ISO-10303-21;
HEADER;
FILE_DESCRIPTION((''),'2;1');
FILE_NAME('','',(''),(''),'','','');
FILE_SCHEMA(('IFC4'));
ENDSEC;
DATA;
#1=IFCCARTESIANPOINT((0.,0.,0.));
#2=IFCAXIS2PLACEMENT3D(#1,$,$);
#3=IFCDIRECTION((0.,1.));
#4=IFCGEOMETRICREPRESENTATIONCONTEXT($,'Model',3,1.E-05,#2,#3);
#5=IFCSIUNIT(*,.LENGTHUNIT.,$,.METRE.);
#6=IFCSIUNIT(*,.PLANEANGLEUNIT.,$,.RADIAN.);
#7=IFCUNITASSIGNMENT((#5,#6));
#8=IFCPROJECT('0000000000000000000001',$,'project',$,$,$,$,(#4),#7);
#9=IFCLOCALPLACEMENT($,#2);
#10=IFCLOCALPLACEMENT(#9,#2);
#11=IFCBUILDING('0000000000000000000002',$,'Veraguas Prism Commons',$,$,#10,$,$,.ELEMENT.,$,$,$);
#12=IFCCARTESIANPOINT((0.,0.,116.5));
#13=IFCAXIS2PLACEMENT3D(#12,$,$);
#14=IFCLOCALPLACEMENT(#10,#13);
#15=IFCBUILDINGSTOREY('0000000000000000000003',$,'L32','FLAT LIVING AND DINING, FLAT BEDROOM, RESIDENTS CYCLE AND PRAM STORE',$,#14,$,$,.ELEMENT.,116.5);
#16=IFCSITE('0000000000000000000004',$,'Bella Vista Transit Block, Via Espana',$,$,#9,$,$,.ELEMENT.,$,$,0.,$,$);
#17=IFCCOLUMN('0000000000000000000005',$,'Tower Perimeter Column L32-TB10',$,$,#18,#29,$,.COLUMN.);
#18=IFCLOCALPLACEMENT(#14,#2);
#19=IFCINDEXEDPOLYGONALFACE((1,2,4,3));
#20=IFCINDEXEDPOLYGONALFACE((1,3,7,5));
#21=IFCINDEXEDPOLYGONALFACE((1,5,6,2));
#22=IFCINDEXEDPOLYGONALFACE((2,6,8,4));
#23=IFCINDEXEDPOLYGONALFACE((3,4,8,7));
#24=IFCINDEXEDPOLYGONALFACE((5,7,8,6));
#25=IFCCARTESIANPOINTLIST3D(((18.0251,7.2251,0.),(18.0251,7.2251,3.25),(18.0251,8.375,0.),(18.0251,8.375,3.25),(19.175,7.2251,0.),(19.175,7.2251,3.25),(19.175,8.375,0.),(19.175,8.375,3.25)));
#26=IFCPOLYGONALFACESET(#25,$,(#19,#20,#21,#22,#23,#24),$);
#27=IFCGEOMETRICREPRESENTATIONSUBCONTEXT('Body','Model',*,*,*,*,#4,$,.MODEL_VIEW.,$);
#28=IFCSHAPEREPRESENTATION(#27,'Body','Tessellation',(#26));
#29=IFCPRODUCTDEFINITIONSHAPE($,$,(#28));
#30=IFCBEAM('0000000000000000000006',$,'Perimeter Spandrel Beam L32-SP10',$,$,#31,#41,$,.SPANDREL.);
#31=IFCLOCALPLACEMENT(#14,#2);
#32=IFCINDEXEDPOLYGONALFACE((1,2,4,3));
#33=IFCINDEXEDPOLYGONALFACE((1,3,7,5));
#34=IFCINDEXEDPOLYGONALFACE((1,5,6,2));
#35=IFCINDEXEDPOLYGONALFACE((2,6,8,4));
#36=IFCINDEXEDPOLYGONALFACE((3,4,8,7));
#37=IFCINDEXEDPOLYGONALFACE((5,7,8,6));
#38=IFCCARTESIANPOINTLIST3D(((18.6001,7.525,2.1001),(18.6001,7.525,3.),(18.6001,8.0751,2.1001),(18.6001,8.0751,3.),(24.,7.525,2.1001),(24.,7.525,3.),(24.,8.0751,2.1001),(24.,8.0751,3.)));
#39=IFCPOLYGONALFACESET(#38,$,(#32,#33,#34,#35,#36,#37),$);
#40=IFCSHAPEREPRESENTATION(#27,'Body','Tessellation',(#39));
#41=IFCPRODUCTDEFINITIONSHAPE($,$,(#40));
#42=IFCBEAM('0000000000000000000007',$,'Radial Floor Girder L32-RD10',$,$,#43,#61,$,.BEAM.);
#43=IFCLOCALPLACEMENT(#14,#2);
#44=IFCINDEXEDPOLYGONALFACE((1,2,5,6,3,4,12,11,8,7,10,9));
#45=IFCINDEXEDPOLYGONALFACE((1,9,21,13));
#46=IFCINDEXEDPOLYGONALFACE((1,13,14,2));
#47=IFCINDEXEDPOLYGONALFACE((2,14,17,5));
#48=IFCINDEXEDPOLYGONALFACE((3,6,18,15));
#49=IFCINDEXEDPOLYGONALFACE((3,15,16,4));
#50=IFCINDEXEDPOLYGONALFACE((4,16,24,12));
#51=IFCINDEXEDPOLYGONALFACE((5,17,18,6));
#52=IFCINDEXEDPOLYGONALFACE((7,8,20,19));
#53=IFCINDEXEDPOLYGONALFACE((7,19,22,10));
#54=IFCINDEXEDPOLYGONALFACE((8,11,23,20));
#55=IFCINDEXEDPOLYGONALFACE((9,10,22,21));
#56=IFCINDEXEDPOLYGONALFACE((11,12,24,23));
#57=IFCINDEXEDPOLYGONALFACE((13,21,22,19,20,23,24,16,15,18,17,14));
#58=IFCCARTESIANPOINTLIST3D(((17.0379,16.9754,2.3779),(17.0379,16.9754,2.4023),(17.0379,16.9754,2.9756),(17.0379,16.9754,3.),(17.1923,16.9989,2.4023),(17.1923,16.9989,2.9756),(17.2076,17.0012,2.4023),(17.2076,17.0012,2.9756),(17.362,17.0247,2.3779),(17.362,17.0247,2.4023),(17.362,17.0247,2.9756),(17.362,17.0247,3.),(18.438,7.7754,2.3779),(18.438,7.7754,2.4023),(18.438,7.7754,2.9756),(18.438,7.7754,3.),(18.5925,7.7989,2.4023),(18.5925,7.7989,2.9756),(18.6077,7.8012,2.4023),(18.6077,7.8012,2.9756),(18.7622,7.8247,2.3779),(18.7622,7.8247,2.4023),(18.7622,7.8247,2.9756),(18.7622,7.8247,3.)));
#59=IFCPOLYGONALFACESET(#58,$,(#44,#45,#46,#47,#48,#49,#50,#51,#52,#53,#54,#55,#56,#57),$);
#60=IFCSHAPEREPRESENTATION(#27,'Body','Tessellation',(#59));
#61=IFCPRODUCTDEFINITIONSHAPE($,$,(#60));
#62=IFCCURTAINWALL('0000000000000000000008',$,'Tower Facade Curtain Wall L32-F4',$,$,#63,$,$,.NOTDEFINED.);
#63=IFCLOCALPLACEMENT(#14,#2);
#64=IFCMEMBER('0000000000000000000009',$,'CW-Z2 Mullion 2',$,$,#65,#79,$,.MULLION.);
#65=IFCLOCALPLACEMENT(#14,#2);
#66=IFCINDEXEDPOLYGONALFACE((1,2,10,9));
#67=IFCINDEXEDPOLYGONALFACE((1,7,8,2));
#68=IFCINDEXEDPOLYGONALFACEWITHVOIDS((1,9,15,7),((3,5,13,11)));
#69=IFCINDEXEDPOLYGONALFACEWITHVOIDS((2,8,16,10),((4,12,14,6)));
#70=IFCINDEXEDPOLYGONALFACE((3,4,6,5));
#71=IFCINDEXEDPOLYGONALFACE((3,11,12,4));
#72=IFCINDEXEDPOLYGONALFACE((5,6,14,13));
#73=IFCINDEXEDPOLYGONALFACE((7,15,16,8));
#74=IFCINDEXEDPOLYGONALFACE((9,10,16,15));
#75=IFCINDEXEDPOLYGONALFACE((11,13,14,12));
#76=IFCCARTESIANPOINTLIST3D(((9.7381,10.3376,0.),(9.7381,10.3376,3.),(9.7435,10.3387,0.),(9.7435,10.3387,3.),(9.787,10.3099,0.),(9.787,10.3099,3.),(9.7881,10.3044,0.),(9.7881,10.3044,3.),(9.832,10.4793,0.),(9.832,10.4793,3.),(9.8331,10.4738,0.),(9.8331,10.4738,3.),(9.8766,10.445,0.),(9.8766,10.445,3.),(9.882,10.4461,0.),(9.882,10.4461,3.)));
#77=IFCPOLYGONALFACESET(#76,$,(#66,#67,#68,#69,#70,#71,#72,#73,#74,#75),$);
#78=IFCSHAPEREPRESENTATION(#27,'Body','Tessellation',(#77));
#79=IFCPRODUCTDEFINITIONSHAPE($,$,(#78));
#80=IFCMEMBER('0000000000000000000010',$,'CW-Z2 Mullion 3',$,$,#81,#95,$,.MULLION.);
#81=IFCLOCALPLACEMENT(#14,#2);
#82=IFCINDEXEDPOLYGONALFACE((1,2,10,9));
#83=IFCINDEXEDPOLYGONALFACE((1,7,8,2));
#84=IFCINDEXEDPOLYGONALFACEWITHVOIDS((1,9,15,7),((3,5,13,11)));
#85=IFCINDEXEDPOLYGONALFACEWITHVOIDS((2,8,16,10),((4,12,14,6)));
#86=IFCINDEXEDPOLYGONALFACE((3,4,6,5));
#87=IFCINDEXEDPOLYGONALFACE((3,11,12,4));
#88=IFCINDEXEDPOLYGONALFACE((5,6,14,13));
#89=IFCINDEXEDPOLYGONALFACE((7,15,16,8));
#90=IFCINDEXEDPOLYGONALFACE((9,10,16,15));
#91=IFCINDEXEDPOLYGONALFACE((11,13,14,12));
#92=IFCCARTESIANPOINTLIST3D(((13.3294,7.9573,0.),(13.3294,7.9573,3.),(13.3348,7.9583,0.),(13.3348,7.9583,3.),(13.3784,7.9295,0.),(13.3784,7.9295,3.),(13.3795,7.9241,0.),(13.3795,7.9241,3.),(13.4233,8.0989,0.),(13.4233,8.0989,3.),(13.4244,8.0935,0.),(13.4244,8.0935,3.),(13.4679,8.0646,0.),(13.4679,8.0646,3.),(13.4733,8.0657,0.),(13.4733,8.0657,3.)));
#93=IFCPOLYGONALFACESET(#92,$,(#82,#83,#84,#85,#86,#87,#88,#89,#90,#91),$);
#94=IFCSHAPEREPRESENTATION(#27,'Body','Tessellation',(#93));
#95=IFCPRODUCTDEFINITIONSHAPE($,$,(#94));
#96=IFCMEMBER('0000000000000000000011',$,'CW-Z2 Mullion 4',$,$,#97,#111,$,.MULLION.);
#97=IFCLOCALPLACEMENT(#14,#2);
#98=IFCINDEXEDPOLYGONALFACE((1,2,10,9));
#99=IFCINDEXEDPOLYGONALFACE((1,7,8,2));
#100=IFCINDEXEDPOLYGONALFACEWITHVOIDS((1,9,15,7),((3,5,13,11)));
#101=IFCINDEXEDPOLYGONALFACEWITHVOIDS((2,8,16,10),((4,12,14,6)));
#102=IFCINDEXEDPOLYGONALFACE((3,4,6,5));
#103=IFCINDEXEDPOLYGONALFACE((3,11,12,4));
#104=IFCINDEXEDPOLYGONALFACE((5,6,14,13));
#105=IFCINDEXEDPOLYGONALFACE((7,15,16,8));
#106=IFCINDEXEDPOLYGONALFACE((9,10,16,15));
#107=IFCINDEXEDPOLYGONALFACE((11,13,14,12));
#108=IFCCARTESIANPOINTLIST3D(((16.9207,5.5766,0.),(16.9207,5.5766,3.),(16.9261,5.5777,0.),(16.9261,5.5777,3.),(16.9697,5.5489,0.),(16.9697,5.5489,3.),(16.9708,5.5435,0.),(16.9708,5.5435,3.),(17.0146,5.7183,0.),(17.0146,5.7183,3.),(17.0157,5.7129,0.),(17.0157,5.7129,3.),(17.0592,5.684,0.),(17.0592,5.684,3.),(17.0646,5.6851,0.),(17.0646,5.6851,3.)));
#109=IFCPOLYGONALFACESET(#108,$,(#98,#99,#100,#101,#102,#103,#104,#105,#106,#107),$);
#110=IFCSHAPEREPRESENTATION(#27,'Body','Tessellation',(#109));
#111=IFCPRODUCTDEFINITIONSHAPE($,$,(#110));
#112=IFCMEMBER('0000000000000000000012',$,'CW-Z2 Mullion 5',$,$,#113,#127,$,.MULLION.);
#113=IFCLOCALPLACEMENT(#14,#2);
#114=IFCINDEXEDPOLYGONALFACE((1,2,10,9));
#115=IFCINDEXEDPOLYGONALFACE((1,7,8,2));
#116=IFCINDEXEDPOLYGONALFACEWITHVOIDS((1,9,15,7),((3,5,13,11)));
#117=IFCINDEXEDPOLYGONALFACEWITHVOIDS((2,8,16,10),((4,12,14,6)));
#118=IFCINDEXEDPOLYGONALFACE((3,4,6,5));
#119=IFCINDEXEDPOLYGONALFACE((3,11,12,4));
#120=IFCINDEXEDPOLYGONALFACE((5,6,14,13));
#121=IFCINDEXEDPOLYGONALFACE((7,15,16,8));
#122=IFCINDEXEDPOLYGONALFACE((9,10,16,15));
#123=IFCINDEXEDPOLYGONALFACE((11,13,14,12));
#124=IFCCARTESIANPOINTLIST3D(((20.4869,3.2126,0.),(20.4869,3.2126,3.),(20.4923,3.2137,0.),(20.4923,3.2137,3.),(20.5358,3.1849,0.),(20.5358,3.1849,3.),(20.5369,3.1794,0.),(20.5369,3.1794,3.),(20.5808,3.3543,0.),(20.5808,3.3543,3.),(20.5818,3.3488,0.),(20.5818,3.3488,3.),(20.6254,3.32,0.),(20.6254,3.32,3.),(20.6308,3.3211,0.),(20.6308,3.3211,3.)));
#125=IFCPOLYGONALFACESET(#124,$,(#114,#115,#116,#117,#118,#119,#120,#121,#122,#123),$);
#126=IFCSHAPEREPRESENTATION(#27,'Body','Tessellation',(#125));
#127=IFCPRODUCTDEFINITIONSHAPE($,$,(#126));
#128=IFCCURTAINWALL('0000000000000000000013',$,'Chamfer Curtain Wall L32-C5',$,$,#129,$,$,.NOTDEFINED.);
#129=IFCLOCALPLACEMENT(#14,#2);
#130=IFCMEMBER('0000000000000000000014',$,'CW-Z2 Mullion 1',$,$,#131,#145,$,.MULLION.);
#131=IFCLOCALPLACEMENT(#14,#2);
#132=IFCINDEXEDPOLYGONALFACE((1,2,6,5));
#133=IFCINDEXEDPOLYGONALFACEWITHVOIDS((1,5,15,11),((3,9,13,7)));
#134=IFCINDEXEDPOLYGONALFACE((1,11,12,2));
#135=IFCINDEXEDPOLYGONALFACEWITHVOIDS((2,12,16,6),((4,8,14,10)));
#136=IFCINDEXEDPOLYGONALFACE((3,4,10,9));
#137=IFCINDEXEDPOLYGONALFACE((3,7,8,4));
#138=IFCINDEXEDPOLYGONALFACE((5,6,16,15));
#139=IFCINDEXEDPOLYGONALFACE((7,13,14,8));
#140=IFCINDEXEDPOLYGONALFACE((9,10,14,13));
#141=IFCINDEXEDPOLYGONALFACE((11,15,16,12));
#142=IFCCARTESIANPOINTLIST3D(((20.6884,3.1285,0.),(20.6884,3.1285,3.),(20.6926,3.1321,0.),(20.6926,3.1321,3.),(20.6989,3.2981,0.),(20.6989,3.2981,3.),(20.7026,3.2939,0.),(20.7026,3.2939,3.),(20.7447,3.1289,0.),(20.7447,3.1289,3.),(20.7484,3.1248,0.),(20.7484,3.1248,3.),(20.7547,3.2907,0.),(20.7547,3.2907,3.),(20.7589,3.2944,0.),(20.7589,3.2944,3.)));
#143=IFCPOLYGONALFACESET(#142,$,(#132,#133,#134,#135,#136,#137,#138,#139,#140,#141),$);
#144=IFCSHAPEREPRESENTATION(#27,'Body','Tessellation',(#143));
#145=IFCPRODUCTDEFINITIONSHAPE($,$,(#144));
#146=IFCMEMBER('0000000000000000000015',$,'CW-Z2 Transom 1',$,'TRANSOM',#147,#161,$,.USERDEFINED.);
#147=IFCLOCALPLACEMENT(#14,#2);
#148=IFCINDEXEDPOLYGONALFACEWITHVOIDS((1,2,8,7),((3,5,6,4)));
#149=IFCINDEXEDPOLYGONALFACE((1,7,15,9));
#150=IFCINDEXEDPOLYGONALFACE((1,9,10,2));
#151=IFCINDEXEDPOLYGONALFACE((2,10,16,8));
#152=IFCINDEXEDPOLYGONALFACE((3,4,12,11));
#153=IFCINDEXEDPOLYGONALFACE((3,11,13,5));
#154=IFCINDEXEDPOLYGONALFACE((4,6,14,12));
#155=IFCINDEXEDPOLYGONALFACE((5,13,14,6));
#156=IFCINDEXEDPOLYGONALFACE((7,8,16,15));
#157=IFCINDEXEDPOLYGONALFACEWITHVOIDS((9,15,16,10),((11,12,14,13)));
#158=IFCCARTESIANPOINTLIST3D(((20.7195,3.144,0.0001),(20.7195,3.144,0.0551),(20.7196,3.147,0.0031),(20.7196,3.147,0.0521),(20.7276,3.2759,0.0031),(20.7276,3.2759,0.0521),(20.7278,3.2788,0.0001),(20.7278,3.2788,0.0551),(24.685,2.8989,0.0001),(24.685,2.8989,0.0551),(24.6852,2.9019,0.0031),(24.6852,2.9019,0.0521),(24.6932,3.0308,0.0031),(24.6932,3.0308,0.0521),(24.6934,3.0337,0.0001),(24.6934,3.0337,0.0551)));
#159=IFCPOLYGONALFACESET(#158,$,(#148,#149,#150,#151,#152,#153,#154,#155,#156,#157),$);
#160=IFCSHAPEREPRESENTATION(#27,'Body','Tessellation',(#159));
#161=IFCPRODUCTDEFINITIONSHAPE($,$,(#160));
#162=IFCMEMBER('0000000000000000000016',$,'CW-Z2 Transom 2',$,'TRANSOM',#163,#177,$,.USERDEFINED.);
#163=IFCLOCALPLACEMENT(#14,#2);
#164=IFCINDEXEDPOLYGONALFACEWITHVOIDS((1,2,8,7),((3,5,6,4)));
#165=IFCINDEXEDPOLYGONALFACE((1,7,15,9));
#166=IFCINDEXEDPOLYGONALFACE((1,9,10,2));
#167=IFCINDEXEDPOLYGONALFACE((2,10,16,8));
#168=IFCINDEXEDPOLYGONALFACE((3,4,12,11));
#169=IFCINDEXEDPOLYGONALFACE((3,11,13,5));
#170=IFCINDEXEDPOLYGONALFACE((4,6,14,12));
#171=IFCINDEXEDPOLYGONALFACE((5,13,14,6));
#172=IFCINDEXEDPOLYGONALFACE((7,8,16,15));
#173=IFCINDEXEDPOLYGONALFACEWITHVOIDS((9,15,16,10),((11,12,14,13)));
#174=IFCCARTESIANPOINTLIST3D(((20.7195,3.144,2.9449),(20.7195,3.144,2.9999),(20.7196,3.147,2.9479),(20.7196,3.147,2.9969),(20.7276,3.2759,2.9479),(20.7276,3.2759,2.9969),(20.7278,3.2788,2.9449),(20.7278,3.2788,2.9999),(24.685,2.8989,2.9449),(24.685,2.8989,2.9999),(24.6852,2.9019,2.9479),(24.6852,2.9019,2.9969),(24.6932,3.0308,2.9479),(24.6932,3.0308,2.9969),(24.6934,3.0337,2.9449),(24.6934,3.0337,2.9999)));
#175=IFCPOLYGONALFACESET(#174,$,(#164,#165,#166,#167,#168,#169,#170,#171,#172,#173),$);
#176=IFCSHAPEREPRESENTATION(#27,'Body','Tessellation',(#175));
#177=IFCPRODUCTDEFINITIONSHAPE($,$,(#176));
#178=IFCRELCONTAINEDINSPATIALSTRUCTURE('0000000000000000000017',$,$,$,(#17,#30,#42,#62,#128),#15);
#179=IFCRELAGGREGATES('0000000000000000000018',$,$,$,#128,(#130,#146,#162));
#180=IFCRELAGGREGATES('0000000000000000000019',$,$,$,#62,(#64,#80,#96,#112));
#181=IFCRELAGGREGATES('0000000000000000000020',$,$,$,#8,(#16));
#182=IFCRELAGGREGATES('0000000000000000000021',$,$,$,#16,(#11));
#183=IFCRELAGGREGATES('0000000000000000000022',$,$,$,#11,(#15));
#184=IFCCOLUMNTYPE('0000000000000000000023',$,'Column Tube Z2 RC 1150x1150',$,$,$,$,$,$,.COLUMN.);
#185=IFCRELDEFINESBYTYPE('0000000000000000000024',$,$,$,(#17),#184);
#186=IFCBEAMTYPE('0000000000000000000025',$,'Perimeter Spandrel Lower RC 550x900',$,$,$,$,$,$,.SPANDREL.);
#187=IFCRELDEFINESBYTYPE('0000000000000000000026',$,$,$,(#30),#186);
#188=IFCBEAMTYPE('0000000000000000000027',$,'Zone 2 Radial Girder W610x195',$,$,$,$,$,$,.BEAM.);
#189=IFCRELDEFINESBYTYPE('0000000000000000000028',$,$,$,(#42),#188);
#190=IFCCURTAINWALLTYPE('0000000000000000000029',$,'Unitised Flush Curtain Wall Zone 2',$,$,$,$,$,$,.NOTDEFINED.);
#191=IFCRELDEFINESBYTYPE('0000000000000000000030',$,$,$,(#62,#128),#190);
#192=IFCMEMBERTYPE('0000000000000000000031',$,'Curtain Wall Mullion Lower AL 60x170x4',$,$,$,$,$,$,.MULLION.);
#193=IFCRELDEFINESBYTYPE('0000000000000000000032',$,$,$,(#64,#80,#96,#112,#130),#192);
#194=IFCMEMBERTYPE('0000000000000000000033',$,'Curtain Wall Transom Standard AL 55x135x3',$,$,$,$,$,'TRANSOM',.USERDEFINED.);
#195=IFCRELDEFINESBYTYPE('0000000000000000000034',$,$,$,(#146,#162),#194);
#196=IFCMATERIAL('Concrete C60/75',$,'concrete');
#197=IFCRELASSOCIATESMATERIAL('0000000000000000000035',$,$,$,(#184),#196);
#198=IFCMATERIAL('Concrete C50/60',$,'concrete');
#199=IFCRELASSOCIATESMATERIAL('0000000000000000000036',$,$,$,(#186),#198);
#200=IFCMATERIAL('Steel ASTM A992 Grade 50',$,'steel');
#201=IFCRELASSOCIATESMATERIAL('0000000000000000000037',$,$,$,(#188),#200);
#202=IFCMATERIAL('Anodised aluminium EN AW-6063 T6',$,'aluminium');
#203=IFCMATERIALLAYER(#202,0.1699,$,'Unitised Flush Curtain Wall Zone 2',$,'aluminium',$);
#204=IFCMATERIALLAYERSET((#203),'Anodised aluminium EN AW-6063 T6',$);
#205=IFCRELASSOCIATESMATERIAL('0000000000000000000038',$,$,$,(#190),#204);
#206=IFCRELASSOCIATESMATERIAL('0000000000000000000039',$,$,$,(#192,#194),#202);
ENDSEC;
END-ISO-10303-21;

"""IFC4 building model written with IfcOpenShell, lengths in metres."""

from ifc_helpers import new_model, si_unit, direction, frame, origin, origin_2d, place, context, subcontext, project, spatial, rectangle, hollow_rectangle, i_section, extrude, source, transform, mapped, material, layer, layer_set, material_profile, profile_set, type_object, element, aggregate, save


model = new_model("IFC4")

# Units and contexts
model_context = context("Model", 3, precision=1e-05, world=origin(), true_north=direction((0.0, 1.0)))
body_context = subcontext(model_context, "Body", "Model", "MODEL_VIEW")
ifc_project = project(units=[si_unit("LENGTHUNIT", "METRE"), si_unit("PLANEANGLEUNIT", "RADIAN")], contexts=[model_context])

# Site, building, storey
site_placement = place(None, origin())
site = spatial("IfcSite", under=ifc_project, at=site_placement, Name="Bella Vista Transit Block, Via Espana", CompositionType="ELEMENT", RefElevation=0.0)
building_placement = place(site_placement, origin())
building = spatial("IfcBuilding", under=site, at=building_placement, Name="Veraguas Prism Commons", CompositionType="ELEMENT")
storey_placement = place(building_placement, frame((0.0, 0.0, 116.5)))
storey = spatial("IfcBuildingStorey", under=building, at=storey_placement, Name="L32", Description="FLAT LIVING AND DINING, FLAT BEDROOM, RESIDENTS CYCLE AND PRAM STORE", CompositionType="ELEMENT", Elevation=116.5)

# Column
ifc_material_1 = material(Name="Concrete C60/75", Category="concrete")
ifc_material_profile_1 = material_profile(ifc_material_1, rectangle(XDim=1.1499, YDim=1.1499, at=origin_2d()), Name="RC1150X1150")
ifc_profile_set_1 = profile_set([ifc_material_profile_1], Name="Concrete C60/75")
column_type = type_object("IfcColumnType", Name="Column Tube Z2 RC 1150x1150", PredefinedType="COLUMN", material=ifc_profile_set_1)
column_placement = place(storey_placement, frame((18.6001, 7.8, 0.0), z_axis=(0.0, 0.0, 1.0), x_axis=(1.0, 0.0, 0.0)))
element("IfcColumn", 1, at=column_placement, inside=storey, type_object=column_type, Name="Tower Perimeter Column L32-TB10", PredefinedType="COLUMN", context=body_context, shape_type="SweptSolid", body=[
    extrude(rectangle(XDim=1.1499, YDim=1.1499, at=origin_2d()), origin(), (0.0, 0.0, 1.0), 3.25),
])

# Beams
ifc_material_2 = material(Name="Concrete C50/60", Category="concrete")
ifc_material_profile_2 = material_profile(ifc_material_2, rectangle(XDim=0.55, YDim=0.8999, at=origin_2d()), Name="RC550X900")
ifc_profile_set_2 = profile_set([ifc_material_profile_2], Name="Concrete C50/60")
beam_type_1 = type_object("IfcBeamType", Name="Perimeter Spandrel Lower RC 550x900", PredefinedType="SPANDREL", material=ifc_profile_set_2)
beam_1_placement = place(storey_placement, frame((18.6001, 7.8, 2.55), z_axis=(1.0, 0.0, 0.0), x_axis=(0.0, 1.0, 0.0)))
element("IfcBeam", 2, at=beam_1_placement, inside=storey, type_object=beam_type_1, Name="Perimeter Spandrel Beam L32-SP10", PredefinedType="SPANDREL", context=body_context, shape_type="SweptSolid", body=[
    extrude(rectangle(XDim=0.55, YDim=0.8999, at=origin_2d()), origin(), (0.0, 0.0, 1.0), 5.3999),
])
ifc_material_3 = material(Name="Steel ASTM A992 Grade 50", Category="steel")
ifc_material_profile_3 = material_profile(ifc_material_3, i_section(OverallWidth=0.3279, OverallDepth=0.6221, WebThickness=0.0154, FlangeThickness=0.0244, at=origin_2d()), Name="W610X195")
ifc_profile_set_3 = profile_set([ifc_material_profile_3], Name="Steel ASTM A992 Grade 50")
beam_type_2 = type_object("IfcBeamType", Name="Zone 2 Radial Girder W610x195", PredefinedType="BEAM", material=ifc_profile_set_3)
beam_2_placement = place(storey_placement, frame((18.6001, 7.8, 2.689), z_axis=(-0.150458, 0.988616, 0.0), x_axis=(-0.988616, -0.150458, 0.0)))
element("IfcBeam", 3, at=beam_2_placement, inside=storey, type_object=beam_type_2, Name="Radial Floor Girder L32-RD10", PredefinedType="BEAM", context=body_context, shape_type="SweptSolid", body=[
    extrude(i_section(OverallWidth=0.3279, OverallDepth=0.6221, WebThickness=0.0154, FlangeThickness=0.0244, at=origin_2d()), origin(), (0.0, 0.0, 1.0), 9.3059),
])

# Curtain walls, members
ifc_material_4 = material(Name="Anodised aluminium EN AW-6063 T6", Category="aluminium")
ifc_layer_1 = layer(ifc_material_4, 0.1699, Name="Unitised Flush Curtain Wall Zone 2", Category="aluminium")
ifc_layer_set_1 = layer_set([ifc_layer_1], Name="Anodised aluminium EN AW-6063 T6")
curtain_wall_type = type_object("IfcCurtainWallType", Name="Unitised Flush Curtain Wall Zone 2", PredefinedType="NOTDEFINED", material=ifc_layer_set_1)
curtain_wall_1_placement = place(storey_placement, origin())
curtain_wall_1 = element("IfcCurtainWall", 4, at=curtain_wall_1_placement, inside=storey, type_object=curtain_wall_type, Name="Tower Facade Curtain Wall L32-F4", PredefinedType="NOTDEFINED")
ifc_material_profile_4 = material_profile(ifc_material_4, hollow_rectangle(XDim=0.0601, YDim=0.1699, WallThickness=0.0039, at=origin_2d()), Name="AL60X170X4")
ifc_profile_set_4 = profile_set([ifc_material_profile_4], Name="Anodised aluminium EN AW-6063 T6")
member_type_1 = type_object("IfcMemberType", Name="Curtain Wall Mullion Lower AL 60x170x4", PredefinedType="MULLION", material=ifc_profile_set_4)
shared_shape_1 = source(origin(), body_context, "Body", "SweptSolid", [
    extrude(hollow_rectangle(XDim=0.0601, YDim=0.1699, WallThickness=0.0039, at=origin_2d()), origin(), (0.0, 0.0, 1.0), 3.0),
])
member_1_placement = place(storey_placement, frame((9.8101, 10.3918, 0.0), z_axis=(0.0, 0.0, 1.0), x_axis=(0.833504, -0.552513, 0.0)))
member_1 = element("IfcMember", 5, at=member_1_placement, type_object=member_type_1, Name="CW-Z2 Mullion 2", PredefinedType="MULLION", context=body_context, shape_type="MappedRepresentation", body=[
    mapped(shared_shape_1, transform((0.0, 0.0, 0.0), scale=1.0)),
])
member_2_placement = place(storey_placement, frame((13.4014, 8.0115, 0.0), z_axis=(0.0, 0.0, 1.0), x_axis=(0.833504, -0.552513, 0.0)))
member_2 = element("IfcMember", 6, at=member_2_placement, type_object=member_type_1, Name="CW-Z2 Mullion 3", PredefinedType="MULLION", context=body_context, shape_type="MappedRepresentation", body=[
    mapped(shared_shape_1, transform((0.0, 0.0, 0.0), scale=1.0)),
])
member_3_placement = place(storey_placement, frame((16.9927, 5.6309, 0.0), z_axis=(0.0, 0.0, 1.0), x_axis=(0.833504, -0.552513, 0.0)))
member_3 = element("IfcMember", 7, at=member_3_placement, type_object=member_type_1, Name="CW-Z2 Mullion 4", PredefinedType="MULLION", context=body_context, shape_type="MappedRepresentation", body=[
    mapped(shared_shape_1, transform((0.0, 0.0, 0.0), scale=1.0)),
])
member_4_placement = place(storey_placement, frame((20.5588, 3.2668, 0.0), z_axis=(0.0, 0.0, 1.0), x_axis=(0.833504, -0.552513, 0.0)))
member_4 = element("IfcMember", 8, at=member_4_placement, type_object=member_type_1, Name="CW-Z2 Mullion 5", PredefinedType="MULLION", context=body_context, shape_type="MappedRepresentation", body=[
    mapped(shared_shape_1, transform((0.0, 0.0, 0.0), scale=1.0)),
])
curtain_wall_2_placement = place(storey_placement, origin())
curtain_wall_2 = element("IfcCurtainWall", 9, at=curtain_wall_2_placement, inside=storey, type_object=curtain_wall_type, Name="Chamfer Curtain Wall L32-C5", PredefinedType="NOTDEFINED")
member_5_placement = place(storey_placement, frame((20.7236, 3.2114, 0.0), z_axis=(0.0, 0.0, 1.0), x_axis=(0.998092, -0.061738, 0.0)))
member_5 = element("IfcMember", 10, at=member_5_placement, type_object=member_type_1, Name="CW-Z2 Mullion 1", PredefinedType="MULLION", context=body_context, shape_type="MappedRepresentation", body=[
    mapped(shared_shape_1, transform((0.0, 0.0, 0.0), scale=1.0)),
])
ifc_material_profile_5 = material_profile(ifc_material_4, hollow_rectangle(XDim=0.0549, YDim=0.135, WallThickness=0.0029, at=origin_2d()), Name="AL55X135X3")
ifc_profile_set_5 = profile_set([ifc_material_profile_5], Name="Anodised aluminium EN AW-6063 T6")
member_type_2 = type_object("IfcMemberType", Name="Curtain Wall Transom Standard AL 55x135x3", ElementType="TRANSOM", PredefinedType="USERDEFINED", material=ifc_profile_set_5)
shared_shape_2 = source(origin(), body_context, "Body", "SweptSolid", [
    extrude(hollow_rectangle(XDim=0.0549, YDim=0.135, WallThickness=0.0029, at=origin_2d()), origin(), (0.0, 0.0, 1.0), 3.9731),
])
member_6_placement = place(storey_placement, frame((20.7236, 3.2114, 0.0276), z_axis=(0.998095, -0.061694, 0.0), x_axis=(0.0, 0.0, 1.0)))
member_6 = element("IfcMember", 11, at=member_6_placement, type_object=member_type_2, Name="CW-Z2 Transom 1", ObjectType="TRANSOM", PredefinedType="USERDEFINED", context=body_context, shape_type="MappedRepresentation", body=[
    mapped(shared_shape_2, transform((0.0, 0.0, 0.0), scale=1.0)),
])
member_7_placement = place(storey_placement, frame((20.7236, 3.2114, 2.9724), z_axis=(0.998095, -0.061694, 0.0), x_axis=(0.0, 0.0, 1.0)))
member_7 = element("IfcMember", 12, at=member_7_placement, type_object=member_type_2, Name="CW-Z2 Transom 2", ObjectType="TRANSOM", PredefinedType="USERDEFINED", context=body_context, shape_type="MappedRepresentation", body=[
    mapped(shared_shape_2, transform((0.0, 0.0, 0.0), scale=1.0)),
])
aggregate(curtain_wall_2, [member_5, member_6, member_7])

aggregate(curtain_wall_1, [member_1, member_2, member_3, member_4])

save(model, "model.ifc")
